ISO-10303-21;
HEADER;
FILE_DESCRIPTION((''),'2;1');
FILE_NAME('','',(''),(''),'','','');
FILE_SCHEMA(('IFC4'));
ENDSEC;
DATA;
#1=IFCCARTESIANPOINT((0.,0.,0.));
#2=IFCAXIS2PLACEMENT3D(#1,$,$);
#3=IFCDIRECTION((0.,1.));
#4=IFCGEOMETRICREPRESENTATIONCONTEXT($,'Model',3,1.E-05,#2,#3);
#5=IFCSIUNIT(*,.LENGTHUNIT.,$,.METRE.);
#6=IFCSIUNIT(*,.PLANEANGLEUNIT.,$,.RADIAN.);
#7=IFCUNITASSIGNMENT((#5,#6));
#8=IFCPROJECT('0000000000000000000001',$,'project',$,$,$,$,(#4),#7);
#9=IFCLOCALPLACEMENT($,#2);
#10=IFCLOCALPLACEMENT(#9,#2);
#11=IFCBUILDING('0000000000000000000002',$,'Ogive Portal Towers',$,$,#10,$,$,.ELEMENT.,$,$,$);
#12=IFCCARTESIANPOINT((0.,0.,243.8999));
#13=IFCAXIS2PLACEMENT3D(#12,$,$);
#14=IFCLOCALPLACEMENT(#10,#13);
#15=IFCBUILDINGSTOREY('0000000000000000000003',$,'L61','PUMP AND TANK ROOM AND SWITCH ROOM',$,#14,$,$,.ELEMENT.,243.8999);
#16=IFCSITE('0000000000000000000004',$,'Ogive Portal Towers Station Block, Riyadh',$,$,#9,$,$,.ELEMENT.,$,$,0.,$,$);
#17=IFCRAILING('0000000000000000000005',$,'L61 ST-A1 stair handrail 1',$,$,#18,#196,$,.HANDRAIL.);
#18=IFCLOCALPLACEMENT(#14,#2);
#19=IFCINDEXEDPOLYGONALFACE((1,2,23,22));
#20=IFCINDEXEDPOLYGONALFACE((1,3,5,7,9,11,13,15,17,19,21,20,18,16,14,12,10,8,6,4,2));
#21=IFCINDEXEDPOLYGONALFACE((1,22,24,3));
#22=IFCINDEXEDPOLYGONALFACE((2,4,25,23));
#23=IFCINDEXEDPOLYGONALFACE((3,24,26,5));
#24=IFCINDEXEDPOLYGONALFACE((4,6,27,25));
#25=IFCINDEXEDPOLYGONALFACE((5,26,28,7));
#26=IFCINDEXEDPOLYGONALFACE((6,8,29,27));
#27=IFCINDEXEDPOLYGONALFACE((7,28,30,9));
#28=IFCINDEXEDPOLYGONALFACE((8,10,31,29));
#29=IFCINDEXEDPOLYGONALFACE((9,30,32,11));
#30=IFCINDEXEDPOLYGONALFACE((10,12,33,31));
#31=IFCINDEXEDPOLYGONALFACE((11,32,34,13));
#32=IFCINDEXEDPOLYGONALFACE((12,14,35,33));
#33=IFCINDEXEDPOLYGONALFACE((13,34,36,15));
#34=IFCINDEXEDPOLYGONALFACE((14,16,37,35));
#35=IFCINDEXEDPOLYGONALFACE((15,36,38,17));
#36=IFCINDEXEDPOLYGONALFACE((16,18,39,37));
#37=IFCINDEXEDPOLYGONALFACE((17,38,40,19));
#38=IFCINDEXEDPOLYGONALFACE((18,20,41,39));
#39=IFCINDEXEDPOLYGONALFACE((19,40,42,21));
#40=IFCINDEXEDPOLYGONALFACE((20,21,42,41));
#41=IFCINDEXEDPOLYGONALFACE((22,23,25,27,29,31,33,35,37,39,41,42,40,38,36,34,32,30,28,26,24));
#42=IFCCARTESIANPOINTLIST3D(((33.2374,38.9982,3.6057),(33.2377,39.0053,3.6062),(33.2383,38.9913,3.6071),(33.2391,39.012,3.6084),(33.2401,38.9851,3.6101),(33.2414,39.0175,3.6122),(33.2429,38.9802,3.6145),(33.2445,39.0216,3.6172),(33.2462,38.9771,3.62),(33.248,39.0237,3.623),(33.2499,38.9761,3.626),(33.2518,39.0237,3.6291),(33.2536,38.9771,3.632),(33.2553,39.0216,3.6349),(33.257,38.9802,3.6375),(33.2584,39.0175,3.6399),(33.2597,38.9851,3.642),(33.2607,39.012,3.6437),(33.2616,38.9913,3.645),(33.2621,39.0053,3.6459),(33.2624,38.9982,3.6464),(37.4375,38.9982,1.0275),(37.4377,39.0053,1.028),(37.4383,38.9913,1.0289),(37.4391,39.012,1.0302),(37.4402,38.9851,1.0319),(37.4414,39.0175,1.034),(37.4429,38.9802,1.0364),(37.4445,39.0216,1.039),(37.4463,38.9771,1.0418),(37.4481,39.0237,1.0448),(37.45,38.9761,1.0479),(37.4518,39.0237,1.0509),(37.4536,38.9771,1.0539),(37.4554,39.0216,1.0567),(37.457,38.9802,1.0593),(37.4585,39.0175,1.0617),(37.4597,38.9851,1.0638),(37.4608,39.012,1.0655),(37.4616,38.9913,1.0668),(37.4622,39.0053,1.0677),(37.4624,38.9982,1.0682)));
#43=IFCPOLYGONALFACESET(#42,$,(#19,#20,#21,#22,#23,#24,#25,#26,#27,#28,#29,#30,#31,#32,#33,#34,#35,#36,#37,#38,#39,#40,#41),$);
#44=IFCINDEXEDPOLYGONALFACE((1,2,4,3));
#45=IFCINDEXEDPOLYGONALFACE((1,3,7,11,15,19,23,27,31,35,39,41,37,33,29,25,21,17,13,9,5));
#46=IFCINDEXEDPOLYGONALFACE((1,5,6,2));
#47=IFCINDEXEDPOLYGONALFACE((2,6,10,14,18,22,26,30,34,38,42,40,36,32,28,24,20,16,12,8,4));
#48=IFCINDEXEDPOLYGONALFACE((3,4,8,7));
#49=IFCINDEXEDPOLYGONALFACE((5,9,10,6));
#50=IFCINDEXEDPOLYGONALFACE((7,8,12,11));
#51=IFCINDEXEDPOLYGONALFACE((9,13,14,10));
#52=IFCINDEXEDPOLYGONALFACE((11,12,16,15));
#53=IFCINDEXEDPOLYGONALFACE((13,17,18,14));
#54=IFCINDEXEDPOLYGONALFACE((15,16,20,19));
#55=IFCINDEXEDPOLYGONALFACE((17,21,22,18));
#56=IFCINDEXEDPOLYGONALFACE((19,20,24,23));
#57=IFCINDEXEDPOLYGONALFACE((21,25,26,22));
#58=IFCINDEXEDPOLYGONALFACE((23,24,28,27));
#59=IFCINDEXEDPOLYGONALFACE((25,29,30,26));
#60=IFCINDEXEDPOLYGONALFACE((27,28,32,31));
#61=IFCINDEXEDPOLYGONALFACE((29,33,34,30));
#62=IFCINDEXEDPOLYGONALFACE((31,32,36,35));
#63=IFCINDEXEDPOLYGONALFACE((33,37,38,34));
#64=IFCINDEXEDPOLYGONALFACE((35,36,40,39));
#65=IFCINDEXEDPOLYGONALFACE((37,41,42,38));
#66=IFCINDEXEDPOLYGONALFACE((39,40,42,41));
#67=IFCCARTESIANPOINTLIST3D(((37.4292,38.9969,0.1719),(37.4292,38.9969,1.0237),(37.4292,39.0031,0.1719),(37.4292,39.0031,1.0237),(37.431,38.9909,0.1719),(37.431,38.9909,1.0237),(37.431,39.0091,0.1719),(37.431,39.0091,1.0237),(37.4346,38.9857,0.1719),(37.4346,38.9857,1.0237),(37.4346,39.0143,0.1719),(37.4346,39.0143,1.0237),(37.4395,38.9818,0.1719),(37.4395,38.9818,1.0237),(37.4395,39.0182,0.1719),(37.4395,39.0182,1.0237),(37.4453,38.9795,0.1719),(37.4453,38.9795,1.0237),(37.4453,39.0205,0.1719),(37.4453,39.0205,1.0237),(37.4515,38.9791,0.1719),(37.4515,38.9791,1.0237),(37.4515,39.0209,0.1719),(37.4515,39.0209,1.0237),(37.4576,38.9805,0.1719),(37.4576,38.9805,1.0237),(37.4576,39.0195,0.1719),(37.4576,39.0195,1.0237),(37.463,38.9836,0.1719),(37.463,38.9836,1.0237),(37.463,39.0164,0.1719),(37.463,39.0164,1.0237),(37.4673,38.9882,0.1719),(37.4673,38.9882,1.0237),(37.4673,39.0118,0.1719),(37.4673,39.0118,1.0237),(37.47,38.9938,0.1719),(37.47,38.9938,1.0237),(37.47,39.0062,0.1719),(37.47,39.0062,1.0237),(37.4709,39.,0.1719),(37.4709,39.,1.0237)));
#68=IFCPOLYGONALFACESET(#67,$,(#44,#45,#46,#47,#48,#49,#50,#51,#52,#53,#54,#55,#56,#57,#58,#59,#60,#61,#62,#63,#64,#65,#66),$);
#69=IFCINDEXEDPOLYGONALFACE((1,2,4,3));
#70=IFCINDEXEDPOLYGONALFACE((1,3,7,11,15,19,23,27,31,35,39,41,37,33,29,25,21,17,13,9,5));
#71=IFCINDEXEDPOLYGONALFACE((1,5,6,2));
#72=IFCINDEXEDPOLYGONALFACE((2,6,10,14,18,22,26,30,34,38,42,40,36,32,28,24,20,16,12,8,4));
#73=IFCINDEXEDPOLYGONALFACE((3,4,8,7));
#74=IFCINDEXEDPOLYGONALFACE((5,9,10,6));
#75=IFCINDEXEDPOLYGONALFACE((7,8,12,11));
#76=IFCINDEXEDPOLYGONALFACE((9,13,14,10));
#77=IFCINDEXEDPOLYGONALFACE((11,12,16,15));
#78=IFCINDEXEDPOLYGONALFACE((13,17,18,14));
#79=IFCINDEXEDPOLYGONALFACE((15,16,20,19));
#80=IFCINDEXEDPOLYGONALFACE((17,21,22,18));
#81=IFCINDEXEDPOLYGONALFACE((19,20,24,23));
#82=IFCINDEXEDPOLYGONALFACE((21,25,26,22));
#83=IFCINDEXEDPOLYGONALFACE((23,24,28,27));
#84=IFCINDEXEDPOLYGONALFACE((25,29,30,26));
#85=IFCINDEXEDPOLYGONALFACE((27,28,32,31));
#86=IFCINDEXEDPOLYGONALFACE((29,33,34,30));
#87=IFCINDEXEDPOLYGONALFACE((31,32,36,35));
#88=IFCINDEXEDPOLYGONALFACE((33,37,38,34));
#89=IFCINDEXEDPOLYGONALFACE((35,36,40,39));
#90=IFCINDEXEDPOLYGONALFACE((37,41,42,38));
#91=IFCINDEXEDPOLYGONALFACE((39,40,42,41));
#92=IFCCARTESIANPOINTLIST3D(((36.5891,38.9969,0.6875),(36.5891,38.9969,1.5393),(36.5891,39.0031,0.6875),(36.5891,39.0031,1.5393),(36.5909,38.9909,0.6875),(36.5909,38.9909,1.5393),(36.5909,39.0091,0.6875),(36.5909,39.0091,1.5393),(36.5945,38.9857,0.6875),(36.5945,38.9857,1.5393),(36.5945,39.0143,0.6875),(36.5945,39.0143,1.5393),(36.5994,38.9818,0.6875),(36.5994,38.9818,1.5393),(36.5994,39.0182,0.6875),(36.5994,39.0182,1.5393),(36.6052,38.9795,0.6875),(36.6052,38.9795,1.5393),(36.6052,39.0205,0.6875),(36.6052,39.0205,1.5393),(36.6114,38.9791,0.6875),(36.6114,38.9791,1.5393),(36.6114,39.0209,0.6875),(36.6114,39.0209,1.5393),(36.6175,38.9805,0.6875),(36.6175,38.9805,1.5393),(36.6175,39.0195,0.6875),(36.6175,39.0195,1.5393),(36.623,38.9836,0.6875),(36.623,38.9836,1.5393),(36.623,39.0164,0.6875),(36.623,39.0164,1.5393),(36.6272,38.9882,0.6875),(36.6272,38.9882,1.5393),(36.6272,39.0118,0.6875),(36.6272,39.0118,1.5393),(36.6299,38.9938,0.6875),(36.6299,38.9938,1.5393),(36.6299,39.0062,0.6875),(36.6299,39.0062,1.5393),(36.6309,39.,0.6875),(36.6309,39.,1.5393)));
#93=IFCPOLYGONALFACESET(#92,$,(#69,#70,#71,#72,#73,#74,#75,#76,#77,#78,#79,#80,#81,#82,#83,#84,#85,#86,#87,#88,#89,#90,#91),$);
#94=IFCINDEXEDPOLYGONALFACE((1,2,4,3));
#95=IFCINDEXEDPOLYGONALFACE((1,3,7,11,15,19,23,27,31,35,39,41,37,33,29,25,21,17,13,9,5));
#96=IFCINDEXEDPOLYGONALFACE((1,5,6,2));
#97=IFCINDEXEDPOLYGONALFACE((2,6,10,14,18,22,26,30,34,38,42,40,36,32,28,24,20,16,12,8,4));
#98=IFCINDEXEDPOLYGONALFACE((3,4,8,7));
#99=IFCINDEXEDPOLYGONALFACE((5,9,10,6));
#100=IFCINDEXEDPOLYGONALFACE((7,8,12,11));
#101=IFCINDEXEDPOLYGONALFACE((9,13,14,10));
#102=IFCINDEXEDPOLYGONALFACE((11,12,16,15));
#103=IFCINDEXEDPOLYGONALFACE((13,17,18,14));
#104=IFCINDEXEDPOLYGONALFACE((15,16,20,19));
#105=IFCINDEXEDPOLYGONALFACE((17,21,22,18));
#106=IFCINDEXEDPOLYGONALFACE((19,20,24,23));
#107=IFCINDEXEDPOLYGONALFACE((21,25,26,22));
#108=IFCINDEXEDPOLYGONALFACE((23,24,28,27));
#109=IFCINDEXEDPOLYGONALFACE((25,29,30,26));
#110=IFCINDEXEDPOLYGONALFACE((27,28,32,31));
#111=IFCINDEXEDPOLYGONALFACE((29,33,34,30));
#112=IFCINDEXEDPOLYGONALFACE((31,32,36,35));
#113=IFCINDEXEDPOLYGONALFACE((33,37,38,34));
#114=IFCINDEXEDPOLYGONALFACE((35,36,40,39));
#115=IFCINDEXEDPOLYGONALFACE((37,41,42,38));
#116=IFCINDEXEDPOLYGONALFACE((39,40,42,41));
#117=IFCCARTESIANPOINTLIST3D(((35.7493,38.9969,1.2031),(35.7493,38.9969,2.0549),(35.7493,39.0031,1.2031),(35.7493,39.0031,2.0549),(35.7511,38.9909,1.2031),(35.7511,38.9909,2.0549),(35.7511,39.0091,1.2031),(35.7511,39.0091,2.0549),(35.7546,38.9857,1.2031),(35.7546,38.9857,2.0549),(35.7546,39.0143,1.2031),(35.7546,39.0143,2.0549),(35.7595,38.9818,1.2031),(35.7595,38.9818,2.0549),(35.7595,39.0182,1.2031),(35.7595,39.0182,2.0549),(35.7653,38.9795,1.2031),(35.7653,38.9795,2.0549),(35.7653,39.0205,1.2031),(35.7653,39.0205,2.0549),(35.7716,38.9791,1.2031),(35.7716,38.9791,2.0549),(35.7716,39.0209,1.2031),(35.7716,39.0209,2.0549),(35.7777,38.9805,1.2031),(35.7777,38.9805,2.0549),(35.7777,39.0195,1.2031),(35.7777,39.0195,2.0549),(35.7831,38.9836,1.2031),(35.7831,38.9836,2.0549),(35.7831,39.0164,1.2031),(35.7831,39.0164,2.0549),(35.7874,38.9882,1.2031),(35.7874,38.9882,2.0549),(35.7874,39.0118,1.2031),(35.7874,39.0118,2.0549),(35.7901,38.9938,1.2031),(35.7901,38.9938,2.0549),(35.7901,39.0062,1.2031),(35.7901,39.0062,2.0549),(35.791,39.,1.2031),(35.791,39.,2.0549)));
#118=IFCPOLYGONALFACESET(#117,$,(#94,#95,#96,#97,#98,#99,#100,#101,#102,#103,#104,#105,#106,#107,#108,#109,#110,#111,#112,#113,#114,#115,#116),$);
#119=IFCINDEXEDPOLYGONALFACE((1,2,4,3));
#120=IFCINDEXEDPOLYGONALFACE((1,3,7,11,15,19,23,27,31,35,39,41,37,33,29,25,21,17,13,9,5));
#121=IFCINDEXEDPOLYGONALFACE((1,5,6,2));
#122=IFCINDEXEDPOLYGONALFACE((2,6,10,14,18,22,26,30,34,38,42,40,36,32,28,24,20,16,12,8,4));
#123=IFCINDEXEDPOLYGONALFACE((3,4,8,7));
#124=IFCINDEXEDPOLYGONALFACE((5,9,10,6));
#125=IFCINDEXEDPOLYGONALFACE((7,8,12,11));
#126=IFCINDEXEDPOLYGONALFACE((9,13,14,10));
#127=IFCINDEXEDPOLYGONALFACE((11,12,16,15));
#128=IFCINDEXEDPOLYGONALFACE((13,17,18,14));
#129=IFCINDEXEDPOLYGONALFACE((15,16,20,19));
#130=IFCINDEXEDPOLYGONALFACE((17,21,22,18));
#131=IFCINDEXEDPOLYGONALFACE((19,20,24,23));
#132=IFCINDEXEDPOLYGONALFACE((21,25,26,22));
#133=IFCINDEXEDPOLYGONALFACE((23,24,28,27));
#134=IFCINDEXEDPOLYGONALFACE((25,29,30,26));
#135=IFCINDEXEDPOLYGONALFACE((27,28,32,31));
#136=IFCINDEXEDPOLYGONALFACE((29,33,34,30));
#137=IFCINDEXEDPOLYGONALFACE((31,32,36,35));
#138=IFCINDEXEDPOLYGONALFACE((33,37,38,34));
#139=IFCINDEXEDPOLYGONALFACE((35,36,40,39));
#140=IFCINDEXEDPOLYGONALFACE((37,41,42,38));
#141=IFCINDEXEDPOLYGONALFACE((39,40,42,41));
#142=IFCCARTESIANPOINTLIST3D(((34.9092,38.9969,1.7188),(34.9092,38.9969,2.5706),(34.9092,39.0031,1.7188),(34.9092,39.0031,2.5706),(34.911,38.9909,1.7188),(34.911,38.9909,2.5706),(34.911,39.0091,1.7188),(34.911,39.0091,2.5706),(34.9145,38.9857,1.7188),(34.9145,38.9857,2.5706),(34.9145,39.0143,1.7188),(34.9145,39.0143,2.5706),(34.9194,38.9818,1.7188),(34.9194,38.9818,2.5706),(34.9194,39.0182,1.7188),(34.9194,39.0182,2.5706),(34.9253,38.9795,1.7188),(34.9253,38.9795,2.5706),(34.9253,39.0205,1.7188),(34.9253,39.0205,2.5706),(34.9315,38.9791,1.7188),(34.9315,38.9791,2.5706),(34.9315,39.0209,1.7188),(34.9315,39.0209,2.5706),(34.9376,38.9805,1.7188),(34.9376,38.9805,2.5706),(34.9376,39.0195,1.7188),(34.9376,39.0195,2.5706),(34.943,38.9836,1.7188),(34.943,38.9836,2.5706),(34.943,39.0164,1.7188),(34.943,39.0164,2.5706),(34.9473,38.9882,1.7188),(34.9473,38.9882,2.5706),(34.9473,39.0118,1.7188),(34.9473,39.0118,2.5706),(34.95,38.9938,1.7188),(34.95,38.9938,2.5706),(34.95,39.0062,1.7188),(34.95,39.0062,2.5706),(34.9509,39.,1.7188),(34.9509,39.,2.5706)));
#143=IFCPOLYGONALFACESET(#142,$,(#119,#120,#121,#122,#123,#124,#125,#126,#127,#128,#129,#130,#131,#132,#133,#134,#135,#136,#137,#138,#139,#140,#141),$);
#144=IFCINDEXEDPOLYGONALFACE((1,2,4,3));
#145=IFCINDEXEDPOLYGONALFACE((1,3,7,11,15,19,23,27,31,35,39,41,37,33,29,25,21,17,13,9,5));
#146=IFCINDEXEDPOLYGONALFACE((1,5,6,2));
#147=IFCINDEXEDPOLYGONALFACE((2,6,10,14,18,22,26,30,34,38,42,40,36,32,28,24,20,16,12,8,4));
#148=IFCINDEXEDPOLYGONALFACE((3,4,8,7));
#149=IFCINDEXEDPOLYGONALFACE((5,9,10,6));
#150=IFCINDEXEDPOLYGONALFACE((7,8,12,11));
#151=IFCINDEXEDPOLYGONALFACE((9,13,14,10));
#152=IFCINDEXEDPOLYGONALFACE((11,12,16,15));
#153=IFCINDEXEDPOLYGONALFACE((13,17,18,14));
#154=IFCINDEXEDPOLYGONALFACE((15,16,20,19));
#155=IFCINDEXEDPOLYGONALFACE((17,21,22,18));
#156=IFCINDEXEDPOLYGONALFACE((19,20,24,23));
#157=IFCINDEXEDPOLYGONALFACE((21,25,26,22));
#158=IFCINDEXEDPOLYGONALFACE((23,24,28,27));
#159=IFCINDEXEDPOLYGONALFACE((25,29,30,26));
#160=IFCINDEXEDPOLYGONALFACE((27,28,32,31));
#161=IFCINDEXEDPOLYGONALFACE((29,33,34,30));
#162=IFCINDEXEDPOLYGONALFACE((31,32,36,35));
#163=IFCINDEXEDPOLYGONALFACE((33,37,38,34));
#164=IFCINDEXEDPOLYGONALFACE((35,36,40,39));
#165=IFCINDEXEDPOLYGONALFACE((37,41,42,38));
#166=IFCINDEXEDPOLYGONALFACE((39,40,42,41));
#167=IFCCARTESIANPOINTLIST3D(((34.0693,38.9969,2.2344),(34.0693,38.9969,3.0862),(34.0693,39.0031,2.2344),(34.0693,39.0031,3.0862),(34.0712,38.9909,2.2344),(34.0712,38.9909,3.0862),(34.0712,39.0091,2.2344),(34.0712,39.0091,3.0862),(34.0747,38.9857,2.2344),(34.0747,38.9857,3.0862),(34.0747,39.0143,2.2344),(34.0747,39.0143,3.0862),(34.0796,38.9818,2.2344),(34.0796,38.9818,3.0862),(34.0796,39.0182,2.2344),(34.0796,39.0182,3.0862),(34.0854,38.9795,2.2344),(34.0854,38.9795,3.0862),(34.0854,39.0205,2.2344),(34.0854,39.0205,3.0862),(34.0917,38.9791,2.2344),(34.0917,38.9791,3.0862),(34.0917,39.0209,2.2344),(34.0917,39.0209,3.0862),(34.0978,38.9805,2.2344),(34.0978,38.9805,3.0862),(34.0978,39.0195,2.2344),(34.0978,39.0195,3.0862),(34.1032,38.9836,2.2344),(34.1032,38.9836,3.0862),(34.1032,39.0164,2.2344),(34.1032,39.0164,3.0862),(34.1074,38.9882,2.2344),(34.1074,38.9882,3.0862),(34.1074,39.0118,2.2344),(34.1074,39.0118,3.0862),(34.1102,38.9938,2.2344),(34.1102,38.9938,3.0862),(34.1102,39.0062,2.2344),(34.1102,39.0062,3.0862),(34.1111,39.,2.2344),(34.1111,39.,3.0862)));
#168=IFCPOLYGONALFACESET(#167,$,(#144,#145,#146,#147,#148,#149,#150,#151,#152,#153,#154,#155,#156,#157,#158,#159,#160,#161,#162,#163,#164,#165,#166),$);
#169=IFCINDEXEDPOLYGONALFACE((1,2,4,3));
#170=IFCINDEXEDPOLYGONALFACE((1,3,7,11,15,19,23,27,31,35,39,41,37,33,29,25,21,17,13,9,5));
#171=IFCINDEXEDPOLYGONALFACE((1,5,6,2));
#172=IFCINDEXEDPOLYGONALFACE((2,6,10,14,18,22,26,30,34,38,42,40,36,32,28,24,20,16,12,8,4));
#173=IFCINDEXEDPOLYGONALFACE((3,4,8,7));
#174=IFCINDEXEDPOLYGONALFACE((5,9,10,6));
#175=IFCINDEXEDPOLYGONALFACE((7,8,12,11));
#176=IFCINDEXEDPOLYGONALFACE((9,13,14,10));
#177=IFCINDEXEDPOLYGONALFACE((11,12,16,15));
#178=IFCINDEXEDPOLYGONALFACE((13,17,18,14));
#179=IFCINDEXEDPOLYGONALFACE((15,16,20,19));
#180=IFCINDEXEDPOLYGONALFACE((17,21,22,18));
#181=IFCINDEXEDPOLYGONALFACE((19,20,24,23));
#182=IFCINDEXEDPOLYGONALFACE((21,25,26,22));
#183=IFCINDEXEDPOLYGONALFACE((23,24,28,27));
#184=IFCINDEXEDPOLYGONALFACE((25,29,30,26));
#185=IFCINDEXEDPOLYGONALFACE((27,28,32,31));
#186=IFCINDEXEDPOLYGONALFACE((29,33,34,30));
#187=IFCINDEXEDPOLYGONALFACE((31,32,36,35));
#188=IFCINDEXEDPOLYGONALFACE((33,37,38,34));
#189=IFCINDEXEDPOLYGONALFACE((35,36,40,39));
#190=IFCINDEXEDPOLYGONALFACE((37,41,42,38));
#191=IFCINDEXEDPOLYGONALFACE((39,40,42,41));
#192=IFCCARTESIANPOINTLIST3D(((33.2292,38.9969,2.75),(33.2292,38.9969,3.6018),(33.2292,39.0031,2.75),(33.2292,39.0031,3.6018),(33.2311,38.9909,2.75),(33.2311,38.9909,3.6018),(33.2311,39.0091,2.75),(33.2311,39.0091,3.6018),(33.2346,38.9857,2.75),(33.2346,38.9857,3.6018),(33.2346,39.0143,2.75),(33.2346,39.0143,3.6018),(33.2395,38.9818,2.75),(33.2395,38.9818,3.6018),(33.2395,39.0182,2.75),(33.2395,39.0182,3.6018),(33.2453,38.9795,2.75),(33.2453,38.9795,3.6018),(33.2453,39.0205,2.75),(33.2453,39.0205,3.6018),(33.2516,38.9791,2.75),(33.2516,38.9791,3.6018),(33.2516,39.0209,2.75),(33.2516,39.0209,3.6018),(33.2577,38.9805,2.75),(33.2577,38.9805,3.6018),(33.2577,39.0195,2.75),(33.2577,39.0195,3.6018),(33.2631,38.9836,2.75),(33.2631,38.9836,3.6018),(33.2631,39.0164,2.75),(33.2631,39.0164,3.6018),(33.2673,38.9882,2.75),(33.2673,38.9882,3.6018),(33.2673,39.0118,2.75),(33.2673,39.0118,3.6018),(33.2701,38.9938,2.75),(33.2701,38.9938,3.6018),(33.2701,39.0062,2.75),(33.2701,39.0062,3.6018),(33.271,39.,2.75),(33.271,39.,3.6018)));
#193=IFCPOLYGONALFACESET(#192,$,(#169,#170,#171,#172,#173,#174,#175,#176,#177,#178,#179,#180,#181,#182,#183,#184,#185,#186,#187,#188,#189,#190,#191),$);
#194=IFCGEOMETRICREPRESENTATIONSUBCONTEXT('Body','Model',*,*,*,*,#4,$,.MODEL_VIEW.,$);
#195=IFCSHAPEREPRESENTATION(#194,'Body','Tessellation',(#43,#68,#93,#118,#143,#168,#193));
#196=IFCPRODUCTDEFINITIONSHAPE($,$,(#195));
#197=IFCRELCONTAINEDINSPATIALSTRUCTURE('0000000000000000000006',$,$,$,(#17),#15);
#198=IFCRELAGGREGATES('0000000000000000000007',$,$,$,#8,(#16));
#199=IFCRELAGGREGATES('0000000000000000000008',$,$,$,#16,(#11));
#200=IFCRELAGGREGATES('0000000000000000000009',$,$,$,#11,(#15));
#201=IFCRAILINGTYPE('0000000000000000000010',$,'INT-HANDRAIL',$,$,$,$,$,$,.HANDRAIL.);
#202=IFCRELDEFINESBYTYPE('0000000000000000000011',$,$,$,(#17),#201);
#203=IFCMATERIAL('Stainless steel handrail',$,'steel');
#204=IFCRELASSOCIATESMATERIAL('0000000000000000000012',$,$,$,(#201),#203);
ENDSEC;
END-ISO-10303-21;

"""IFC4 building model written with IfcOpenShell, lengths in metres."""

from ifc_helpers import new_model, si_unit, direction, frame, origin, origin_2d, place, context, subcontext, project, spatial, circle, extrude, material, type_object, element, save


model = new_model("IFC4")

# Units and contexts
model_context = context("Model", 3, precision=1e-05, world=origin(), true_north=direction((0.0, 1.0)))
body_context = subcontext(model_context, "Body", "Model", "MODEL_VIEW")
ifc_project = project(units=[si_unit("LENGTHUNIT", "METRE"), si_unit("PLANEANGLEUNIT", "RADIAN")], contexts=[model_context])

# Site, building, storey
site_placement = place(None, origin())
site = spatial("IfcSite", under=ifc_project, at=site_placement, Name="Ogive Portal Towers Station Block, Riyadh", CompositionType="ELEMENT", RefElevation=0.0)
building_placement = place(site_placement, origin())
building = spatial("IfcBuilding", under=site, at=building_placement, Name="Ogive Portal Towers", CompositionType="ELEMENT")
storey_placement = place(building_placement, frame((0.0, 0.0, 243.8999)))
storey = spatial("IfcBuildingStorey", under=building, at=storey_placement, Name="L61", Description="PUMP AND TANK ROOM AND SWITCH ROOM", CompositionType="ELEMENT", Elevation=243.8999)

# Railing
ifc_material_1 = material(Name="Stainless steel handrail", Category="steel")
railing_type_1 = type_object("IfcRailingType", Name="INT-HANDRAIL", PredefinedType="HANDRAIL", material=ifc_material_1)
railing_1_placement = place(storey_placement, frame((37.45, 39.0, 0.1719)))
element("IfcRailing", 1, at=railing_1_placement, inside=storey, type_object=railing_type_1, Name="L61 ST-A1 stair handrail 1", PredefinedType="HANDRAIL", context=body_context, shape_type="SweptSolid", body=[
    extrude(circle(Radius=0.0239, at=origin_2d()), frame((0.0, 0.0, 0.876), z_axis=(-0.852243, 0.0, 0.523146), x_axis=(0.0, -1.0, 0.0)), (0.0, 0.0, 1.0), 4.9282),
    extrude(circle(Radius=0.021, at=origin_2d()), origin(), (0.0, 0.0, 1.0), 0.8518),
    extrude(circle(Radius=0.021, at=origin_2d()), frame((-0.8401, 0.0, 0.5156)), (0.0, 0.0, 1.0), 0.8518),
    extrude(circle(Radius=0.021, at=origin_2d()), frame((-1.6799, 0.0, 1.0312)), (0.0, 0.0, 1.0), 0.8518),
    extrude(circle(Radius=0.021, at=origin_2d()), frame((-2.52, 0.0, 1.5469)), (0.0, 0.0, 1.0), 0.8518),
    extrude(circle(Radius=0.021, at=origin_2d()), frame((-3.3599, 0.0, 2.0625)), (0.0, 0.0, 1.0), 0.8518),
    extrude(circle(Radius=0.021, at=origin_2d()), frame((-4.2, 0.0, 2.5781)), (0.0, 0.0, 1.0), 0.8518),
])

save(model, "model.ifc")
